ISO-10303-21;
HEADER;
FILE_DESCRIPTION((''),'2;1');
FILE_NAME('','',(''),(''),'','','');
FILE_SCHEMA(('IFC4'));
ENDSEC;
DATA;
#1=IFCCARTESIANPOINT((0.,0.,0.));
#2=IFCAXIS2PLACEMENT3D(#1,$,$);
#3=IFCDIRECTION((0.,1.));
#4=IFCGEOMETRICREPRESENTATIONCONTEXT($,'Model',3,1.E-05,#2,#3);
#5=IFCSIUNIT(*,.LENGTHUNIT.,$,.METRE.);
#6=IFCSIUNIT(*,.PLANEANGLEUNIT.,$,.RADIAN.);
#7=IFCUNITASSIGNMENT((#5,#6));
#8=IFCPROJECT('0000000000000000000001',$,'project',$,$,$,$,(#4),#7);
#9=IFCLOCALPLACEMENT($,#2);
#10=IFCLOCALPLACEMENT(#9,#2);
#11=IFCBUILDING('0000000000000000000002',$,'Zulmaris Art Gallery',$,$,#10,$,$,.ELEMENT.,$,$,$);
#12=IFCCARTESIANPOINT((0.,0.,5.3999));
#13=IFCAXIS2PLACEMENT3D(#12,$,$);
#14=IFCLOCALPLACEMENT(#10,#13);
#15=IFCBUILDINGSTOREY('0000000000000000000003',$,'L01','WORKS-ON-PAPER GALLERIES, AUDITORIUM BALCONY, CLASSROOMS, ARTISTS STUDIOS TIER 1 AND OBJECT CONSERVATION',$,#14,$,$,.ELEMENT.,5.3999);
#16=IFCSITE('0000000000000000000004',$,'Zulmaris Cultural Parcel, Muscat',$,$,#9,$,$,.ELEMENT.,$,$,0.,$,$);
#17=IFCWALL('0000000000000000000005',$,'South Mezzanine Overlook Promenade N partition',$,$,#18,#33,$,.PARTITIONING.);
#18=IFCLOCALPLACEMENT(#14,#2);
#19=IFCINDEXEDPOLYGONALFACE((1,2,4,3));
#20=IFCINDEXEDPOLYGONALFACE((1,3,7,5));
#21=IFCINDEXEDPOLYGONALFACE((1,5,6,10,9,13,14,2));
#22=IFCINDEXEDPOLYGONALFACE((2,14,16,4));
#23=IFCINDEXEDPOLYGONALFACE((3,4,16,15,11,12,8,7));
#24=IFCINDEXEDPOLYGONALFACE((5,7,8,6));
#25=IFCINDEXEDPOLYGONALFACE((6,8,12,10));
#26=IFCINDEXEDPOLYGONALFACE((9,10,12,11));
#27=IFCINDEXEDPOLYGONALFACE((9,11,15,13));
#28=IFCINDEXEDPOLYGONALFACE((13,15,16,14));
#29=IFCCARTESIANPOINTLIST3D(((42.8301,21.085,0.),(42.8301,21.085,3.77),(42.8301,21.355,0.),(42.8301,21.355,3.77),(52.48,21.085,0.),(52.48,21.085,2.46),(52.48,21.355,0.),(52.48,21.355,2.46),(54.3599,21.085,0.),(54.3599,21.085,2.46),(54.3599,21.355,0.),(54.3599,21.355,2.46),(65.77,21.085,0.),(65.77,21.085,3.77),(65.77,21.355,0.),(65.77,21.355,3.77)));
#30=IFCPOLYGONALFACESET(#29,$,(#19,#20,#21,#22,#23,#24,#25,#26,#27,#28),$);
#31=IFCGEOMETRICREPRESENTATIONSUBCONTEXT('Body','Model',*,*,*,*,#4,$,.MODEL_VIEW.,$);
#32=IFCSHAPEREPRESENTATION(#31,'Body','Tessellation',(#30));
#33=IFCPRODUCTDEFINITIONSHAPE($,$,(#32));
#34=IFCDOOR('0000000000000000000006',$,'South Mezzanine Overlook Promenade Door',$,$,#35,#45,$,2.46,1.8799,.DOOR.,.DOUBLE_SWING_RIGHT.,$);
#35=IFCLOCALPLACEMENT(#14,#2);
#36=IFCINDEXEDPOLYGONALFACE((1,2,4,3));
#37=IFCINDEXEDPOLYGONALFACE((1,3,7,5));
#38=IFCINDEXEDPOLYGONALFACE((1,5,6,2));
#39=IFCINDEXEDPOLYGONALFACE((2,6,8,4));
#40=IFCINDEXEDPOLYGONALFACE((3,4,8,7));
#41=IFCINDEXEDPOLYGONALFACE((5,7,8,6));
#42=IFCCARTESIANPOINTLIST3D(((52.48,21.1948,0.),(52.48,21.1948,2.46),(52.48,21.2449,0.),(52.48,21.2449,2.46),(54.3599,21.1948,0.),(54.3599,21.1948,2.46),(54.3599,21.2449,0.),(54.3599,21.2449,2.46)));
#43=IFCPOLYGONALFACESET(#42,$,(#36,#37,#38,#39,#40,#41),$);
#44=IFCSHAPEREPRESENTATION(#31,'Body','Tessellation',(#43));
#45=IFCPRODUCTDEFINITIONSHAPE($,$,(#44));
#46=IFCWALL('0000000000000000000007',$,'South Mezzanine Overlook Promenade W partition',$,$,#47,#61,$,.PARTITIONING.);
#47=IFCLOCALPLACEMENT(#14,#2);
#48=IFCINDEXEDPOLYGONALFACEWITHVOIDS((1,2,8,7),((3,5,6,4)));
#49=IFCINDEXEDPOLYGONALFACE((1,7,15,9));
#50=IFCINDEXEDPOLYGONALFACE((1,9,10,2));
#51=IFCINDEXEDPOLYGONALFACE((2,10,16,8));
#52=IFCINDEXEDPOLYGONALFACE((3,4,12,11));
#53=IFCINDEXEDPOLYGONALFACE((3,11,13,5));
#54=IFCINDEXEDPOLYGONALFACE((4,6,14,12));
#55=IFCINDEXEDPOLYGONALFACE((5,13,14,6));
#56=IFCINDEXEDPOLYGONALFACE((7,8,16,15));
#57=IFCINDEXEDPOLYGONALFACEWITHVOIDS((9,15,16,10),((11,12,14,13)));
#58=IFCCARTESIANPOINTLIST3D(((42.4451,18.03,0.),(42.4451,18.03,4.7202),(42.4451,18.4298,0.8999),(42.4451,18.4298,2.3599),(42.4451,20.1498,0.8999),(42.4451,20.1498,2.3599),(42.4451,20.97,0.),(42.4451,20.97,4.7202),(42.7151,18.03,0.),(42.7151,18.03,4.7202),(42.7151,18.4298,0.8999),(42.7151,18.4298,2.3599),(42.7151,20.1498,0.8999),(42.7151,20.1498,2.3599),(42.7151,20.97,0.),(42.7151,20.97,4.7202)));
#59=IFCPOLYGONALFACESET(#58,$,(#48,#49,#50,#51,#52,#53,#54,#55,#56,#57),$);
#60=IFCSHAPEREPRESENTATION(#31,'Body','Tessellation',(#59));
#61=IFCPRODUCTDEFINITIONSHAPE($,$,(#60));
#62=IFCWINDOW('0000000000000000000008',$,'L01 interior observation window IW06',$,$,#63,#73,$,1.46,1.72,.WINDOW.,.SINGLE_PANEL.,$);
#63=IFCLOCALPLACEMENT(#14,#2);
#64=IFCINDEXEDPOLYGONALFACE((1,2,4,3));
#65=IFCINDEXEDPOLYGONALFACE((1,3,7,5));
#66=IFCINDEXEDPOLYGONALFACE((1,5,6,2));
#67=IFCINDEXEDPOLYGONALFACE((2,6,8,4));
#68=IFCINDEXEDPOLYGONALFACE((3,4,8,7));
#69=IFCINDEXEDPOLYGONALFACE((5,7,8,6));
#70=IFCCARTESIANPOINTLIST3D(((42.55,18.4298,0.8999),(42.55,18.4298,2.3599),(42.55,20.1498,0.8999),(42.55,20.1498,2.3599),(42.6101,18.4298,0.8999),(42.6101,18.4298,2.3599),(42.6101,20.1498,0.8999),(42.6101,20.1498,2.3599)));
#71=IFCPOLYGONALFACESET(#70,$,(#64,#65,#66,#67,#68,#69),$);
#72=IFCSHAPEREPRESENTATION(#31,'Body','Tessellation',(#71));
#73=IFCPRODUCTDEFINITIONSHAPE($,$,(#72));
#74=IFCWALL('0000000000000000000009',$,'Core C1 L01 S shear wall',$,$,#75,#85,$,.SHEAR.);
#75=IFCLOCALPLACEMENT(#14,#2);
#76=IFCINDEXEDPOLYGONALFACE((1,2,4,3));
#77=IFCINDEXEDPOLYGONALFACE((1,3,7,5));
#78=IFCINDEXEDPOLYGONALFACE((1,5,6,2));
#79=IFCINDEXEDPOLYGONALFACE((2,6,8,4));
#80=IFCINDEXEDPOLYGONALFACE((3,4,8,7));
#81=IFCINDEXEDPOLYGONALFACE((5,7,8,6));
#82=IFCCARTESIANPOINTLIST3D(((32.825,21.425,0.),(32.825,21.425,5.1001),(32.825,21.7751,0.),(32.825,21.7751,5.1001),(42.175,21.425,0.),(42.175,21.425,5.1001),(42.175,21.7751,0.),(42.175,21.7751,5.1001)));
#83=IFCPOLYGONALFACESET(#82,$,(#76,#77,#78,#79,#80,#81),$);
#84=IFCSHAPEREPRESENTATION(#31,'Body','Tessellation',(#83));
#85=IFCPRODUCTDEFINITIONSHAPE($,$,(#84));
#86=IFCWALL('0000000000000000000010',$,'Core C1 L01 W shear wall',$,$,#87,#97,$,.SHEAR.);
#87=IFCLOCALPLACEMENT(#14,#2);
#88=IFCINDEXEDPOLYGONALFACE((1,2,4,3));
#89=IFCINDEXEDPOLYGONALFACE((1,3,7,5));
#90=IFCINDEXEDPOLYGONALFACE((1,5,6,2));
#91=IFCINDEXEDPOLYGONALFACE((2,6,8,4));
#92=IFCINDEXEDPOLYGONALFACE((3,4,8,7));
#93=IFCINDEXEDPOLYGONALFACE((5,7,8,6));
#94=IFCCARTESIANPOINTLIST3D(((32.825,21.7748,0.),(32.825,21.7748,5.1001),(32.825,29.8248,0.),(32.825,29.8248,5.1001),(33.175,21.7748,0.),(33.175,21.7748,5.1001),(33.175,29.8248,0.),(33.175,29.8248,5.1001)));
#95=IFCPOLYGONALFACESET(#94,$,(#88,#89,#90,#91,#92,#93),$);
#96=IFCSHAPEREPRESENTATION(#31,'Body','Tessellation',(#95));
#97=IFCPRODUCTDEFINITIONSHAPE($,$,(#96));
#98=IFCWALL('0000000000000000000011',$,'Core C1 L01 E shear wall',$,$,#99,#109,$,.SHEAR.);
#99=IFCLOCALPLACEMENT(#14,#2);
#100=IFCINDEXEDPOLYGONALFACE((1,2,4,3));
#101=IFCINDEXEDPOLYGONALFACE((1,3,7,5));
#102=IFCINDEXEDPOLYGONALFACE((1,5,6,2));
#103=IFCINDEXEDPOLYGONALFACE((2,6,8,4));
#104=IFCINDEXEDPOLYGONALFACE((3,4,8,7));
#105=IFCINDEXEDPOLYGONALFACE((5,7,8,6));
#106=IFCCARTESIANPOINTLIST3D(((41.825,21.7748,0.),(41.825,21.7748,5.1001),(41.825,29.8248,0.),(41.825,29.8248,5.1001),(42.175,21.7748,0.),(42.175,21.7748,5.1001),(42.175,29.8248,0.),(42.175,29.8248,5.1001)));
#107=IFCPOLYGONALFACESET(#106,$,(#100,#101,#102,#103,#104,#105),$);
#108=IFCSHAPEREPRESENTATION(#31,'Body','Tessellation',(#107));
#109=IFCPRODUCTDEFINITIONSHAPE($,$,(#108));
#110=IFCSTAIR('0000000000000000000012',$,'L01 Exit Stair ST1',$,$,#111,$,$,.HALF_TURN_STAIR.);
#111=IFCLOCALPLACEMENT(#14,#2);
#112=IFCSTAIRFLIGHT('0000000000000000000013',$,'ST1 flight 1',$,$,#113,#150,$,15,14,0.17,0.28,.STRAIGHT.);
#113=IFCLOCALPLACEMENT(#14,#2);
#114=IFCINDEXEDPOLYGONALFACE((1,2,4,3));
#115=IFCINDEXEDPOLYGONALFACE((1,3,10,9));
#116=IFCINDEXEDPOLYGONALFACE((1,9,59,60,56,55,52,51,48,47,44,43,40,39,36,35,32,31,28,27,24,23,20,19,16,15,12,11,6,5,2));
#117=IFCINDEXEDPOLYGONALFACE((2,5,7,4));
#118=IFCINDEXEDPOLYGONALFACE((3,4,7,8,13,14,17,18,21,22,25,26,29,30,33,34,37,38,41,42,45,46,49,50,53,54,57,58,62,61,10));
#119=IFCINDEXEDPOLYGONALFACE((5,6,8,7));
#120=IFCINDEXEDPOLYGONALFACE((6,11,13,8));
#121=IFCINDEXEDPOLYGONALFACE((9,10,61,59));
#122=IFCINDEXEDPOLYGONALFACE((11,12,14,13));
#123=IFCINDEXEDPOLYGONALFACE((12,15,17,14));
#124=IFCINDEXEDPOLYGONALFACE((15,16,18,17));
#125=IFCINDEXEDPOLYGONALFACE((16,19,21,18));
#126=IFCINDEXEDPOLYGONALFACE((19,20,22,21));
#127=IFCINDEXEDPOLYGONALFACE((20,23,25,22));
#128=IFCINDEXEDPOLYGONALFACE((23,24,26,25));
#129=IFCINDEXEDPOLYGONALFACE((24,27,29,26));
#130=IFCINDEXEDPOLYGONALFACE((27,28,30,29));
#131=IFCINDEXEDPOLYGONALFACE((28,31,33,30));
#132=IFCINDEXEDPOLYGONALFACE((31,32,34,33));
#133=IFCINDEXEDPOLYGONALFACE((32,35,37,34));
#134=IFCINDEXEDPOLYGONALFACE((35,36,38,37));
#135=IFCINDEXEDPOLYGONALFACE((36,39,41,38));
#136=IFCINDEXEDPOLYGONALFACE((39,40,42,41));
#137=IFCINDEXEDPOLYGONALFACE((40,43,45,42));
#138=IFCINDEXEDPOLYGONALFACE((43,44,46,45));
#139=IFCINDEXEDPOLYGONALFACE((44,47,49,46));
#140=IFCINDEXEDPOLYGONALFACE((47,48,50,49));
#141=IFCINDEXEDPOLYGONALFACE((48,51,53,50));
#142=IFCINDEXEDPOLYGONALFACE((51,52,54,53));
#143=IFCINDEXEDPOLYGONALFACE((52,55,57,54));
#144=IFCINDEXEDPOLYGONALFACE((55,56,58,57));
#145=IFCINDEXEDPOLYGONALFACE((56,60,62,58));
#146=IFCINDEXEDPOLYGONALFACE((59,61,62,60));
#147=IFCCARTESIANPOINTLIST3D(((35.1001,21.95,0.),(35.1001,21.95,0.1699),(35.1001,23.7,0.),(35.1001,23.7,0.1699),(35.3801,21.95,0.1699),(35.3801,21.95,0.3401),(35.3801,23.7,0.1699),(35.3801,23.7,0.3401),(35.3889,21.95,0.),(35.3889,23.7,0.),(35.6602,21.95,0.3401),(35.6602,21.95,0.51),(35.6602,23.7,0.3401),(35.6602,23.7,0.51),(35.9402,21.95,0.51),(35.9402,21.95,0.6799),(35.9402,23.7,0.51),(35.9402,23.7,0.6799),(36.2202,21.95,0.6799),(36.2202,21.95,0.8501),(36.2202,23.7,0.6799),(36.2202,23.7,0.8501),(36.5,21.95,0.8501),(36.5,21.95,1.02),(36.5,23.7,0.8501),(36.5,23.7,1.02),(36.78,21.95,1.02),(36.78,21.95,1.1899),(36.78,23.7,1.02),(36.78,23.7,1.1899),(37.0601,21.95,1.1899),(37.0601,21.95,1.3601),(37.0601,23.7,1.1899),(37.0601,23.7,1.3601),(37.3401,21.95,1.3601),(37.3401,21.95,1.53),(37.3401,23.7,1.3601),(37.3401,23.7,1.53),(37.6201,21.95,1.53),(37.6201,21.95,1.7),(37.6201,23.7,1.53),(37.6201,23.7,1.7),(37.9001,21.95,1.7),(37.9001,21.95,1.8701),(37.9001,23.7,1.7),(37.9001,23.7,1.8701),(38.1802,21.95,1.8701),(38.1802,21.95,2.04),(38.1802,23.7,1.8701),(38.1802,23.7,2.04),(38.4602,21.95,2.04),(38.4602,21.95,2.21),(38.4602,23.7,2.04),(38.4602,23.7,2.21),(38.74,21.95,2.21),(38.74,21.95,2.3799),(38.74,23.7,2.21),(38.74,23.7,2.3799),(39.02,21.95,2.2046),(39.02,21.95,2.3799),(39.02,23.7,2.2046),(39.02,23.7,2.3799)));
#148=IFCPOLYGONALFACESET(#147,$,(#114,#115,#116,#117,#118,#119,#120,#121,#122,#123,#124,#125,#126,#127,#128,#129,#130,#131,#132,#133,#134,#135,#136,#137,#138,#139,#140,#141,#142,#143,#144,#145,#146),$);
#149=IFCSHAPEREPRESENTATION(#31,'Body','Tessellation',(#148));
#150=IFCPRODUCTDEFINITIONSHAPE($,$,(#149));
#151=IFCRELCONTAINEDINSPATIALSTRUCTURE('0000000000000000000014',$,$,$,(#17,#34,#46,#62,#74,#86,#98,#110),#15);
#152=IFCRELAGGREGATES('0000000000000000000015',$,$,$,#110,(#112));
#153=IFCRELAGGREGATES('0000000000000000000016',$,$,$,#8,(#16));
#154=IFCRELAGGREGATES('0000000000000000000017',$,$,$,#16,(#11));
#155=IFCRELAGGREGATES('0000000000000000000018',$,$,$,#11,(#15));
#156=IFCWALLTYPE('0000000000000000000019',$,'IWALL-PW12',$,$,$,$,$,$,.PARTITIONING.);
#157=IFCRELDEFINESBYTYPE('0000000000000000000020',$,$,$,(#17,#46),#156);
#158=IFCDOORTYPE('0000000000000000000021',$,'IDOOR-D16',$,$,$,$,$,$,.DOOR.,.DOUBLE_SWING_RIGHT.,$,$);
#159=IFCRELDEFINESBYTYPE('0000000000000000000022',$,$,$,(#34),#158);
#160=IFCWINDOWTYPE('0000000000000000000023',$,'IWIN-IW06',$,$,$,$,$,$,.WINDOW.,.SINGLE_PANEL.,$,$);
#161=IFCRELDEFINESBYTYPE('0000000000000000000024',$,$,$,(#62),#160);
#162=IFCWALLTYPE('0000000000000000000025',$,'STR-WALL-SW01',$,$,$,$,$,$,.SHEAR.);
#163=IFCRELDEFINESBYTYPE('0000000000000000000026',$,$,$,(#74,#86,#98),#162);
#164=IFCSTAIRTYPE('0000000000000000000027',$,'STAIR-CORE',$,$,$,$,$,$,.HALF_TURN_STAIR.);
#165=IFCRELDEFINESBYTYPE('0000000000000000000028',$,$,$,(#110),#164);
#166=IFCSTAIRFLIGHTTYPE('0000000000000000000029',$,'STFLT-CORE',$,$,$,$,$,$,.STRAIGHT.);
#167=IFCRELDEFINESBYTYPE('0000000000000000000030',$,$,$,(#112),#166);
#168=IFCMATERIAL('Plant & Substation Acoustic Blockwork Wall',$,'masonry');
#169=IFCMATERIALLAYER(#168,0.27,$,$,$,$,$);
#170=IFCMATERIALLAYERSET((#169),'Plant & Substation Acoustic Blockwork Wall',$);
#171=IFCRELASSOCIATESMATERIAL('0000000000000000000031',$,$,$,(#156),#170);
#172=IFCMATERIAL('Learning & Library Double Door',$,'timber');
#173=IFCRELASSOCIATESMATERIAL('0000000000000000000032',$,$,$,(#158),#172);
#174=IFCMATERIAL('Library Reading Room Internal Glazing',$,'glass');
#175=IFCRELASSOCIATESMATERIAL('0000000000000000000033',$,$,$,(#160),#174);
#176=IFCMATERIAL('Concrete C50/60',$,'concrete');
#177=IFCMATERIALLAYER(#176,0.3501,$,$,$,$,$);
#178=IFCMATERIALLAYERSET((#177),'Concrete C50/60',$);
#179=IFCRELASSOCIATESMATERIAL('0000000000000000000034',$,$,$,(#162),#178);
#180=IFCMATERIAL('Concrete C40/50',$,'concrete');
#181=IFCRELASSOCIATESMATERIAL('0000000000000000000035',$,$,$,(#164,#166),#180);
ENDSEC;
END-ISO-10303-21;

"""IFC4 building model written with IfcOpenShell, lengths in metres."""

from ifc_helpers import new_model, si_unit, direction, frame, frame_2d, origin, place, context, subcontext, project, spatial, polyline, rectangle, outline, extrude, material, layer, layer_set, type_object, element, fill, aggregate, save


model = new_model("IFC4")

# Units and contexts
model_context = context("Model", 3, precision=1e-05, world=origin(), true_north=direction((0.0, 1.0)))
body_context = subcontext(model_context, "Body", "Model", "MODEL_VIEW")
ifc_project = project(units=[si_unit("LENGTHUNIT", "METRE"), si_unit("PLANEANGLEUNIT", "RADIAN")], contexts=[model_context])

# Site, building, storey
site_placement = place(None, origin())
site = spatial("IfcSite", under=ifc_project, at=site_placement, Name="Zulmaris Cultural Parcel, Muscat", CompositionType="ELEMENT", RefElevation=0.0)
building_placement = place(site_placement, origin())
building = spatial("IfcBuilding", under=site, at=building_placement, Name="Zulmaris Art Gallery", CompositionType="ELEMENT")
storey_placement = place(building_placement, frame((0.0, 0.0, 5.3999)))
storey = spatial("IfcBuildingStorey", under=building, at=storey_placement, Name="L01", Description="WORKS-ON-PAPER GALLERIES, AUDITORIUM BALCONY, CLASSROOMS, ARTISTS STUDIOS TIER 1 AND OBJECT CONSERVATION", CompositionType="ELEMENT", Elevation=5.3999)

# Shared definitions
ifc_material_1 = material(Name="Concrete C40/50", Category="concrete")
ifc_material_2 = material(Name="Concrete C50/60", Category="concrete")

# Wall, opening, door
ifc_material_3 = material(Name="Plant & Substation Acoustic Blockwork Wall", Category="masonry")
ifc_layer_1 = layer(ifc_material_3, 0.27)
ifc_layer_set_1 = layer_set([ifc_layer_1], Name="Plant & Substation Acoustic Blockwork Wall")
wall_type_1 = type_object("IfcWallType", Name="IWALL-PW12", PredefinedType="PARTITIONING", material=ifc_layer_set_1)
wall_1_placement = place(storey_placement, frame((42.8301, 21.22, 0.0), z_axis=(0.0, 0.0, 1.0), x_axis=(1.0, 0.0, 0.0)))
wall_1 = element("IfcWall", 1, at=wall_1_placement, inside=storey, type_object=wall_type_1, Name="South Mezzanine Overlook Promenade N partition", PredefinedType="PARTITIONING", context=body_context, shape_type="SweptSolid", body=[
    extrude(rectangle(XDim=22.9399, YDim=0.27, at=frame_2d((11.47, 0.0))), origin(), (0.0, 0.0, 1.0), 3.77),
])
opening_1_placement = place(wall_1_placement, frame((9.6499, 0.0, 0.0)))
opening_1 = element("IfcOpeningElement", 2, at=opening_1_placement, cuts=wall_1, PredefinedType="OPENING", context=body_context, shape_type="SweptSolid", body=[
    extrude(rectangle(XDim=1.8799, YDim=2.46, at=frame_2d((0.9399, 1.23))), frame((0.0, 0.145, 0.0), z_axis=(0.0, -1.0, 0.0), x_axis=(1.0, 0.0, 0.0)), (0.0, 0.0, 1.0), 0.29),
])
ifc_material_4 = material(Name="Learning & Library Double Door", Category="timber")
door_type = type_object("IfcDoorType", Name="IDOOR-D16", OperationType="DOUBLE_SWING_RIGHT", PredefinedType="DOOR", material=ifc_material_4)
door_placement = place(opening_1_placement, origin())
door = element("IfcDoor", 3, at=door_placement, inside=storey, type_object=door_type, Name="South Mezzanine Overlook Promenade Door", OperationType="DOUBLE_SWING_RIGHT", OverallHeight=2.46, OverallWidth=1.8799, PredefinedType="DOOR", context=body_context, shape_type="SweptSolid", body=[
    extrude(rectangle(XDim=1.8799, YDim=2.46, at=frame_2d((0.9399, 1.23))), frame((0.0, 0.0249, 0.0), z_axis=(0.0, -1.0, 0.0), x_axis=(1.0, 0.0, 0.0)), (0.0, 0.0, 1.0), 0.05),
])
fill(opening_1, door)

# Wall, opening, window
wall_2_placement = place(storey_placement, frame((42.5801, 18.03, 0.0), z_axis=(0.0, 0.0, 1.0), x_axis=(0.0, 1.0, 0.0)))
wall_2 = element("IfcWall", 4, at=wall_2_placement, inside=storey, type_object=wall_type_1, Name="South Mezzanine Overlook Promenade W partition", PredefinedType="PARTITIONING", context=body_context, shape_type="SweptSolid", body=[
    extrude(rectangle(XDim=2.9399, YDim=0.27, at=frame_2d((1.47, 0.0))), origin(), (0.0, 0.0, 1.0), 4.7202),
])
opening_2_placement = place(wall_2_placement, frame((0.3999, 0.0, 0.8999)))
opening_2 = element("IfcOpeningElement", 5, at=opening_2_placement, cuts=wall_2, PredefinedType="OPENING", context=body_context, shape_type="SweptSolid", body=[
    extrude(rectangle(XDim=1.72, YDim=1.46, at=frame_2d((0.8599, 0.73))), frame((0.0, 0.145, 0.0), z_axis=(0.0, -1.0, 0.0), x_axis=(1.0, 0.0, 0.0)), (0.0, 0.0, 1.0), 0.29),
])
ifc_material_5 = material(Name="Library Reading Room Internal Glazing", Category="glass")
window_type = type_object("IfcWindowType", Name="IWIN-IW06", PartitioningType="SINGLE_PANEL", PredefinedType="WINDOW", material=ifc_material_5)
window_placement = place(opening_2_placement, origin())
window = element("IfcWindow", 6, at=window_placement, inside=storey, type_object=window_type, Name="L01 interior observation window IW06", OverallHeight=1.46, OverallWidth=1.72, PartitioningType="SINGLE_PANEL", PredefinedType="WINDOW", context=body_context, shape_type="SweptSolid", body=[
    extrude(rectangle(XDim=1.72, YDim=1.46, at=frame_2d((0.8599, 0.73))), frame((0.0, 0.03, 0.0), z_axis=(0.0, -1.0, 0.0), x_axis=(1.0, 0.0, 0.0)), (0.0, 0.0, 1.0), 0.0601),
])
fill(opening_2, window)

# Walls
ifc_layer_2 = layer(ifc_material_2, 0.3501)
ifc_layer_set_2 = layer_set([ifc_layer_2], Name="Concrete C50/60")
wall_type_2 = type_object("IfcWallType", Name="STR-WALL-SW01", PredefinedType="SHEAR", material=ifc_layer_set_2)
wall_3_placement = place(storey_placement, frame((32.825, 21.6001, 0.0), z_axis=(0.0, 0.0, 1.0), x_axis=(1.0, 0.0, 0.0)))
element("IfcWall", 7, at=wall_3_placement, inside=storey, type_object=wall_type_2, Name="Core C1 L01 S shear wall", PredefinedType="SHEAR", context=body_context, shape_type="SweptSolid", body=[
    extrude(rectangle(XDim=9.3501, YDim=0.3501, at=frame_2d((4.675, 0.0))), origin(), (0.0, 0.0, 1.0), 5.1001),
])
for number, where, z_axis, x_axis, name in (
    (8, (33.0, 21.7749, 0.0), (0.0, 0.0, 1.0), (0.0, 1.0, 0.0), "Core C1 L01 W shear wall"),
    (9, (42.0, 21.7749, 0.0), (0.0, 0.0, 1.0), (0.0, 1.0, 0.0), "Core C1 L01 E shear wall"),
):
    element("IfcWall", number, at=place(storey_placement, frame(where, z_axis=z_axis, x_axis=x_axis)), inside=storey, type_object=wall_type_2, Name=name, PredefinedType="SHEAR", context=body_context, shape_type="SweptSolid", body=[
        extrude(rectangle(XDim=8.05, YDim=0.3501, at=frame_2d((4.0249, 0.0))), origin(), (0.0, 0.0, 1.0), 5.1001),
    ])

# Stair, stair flight
stair_type = type_object("IfcStairType", Name="STAIR-CORE", PredefinedType="HALF_TURN_STAIR", material=ifc_material_1)
stair_placement = place(storey_placement, origin())
stair = element("IfcStair", 10, at=stair_placement, inside=storey, type_object=stair_type, Name="L01 Exit Stair ST1", PredefinedType="HALF_TURN_STAIR")
stair_flight_type = type_object("IfcStairFlightType", Name="STFLT-CORE", PredefinedType="STRAIGHT", material=ifc_material_1)
stair_flight_placement = place(storey_placement, frame((35.1001, 22.825, 0.0), z_axis=(0.0, 0.0, 1.0), x_axis=(1.0, 0.0, 0.0)))
stair_flight = element("IfcStairFlight", 11, at=stair_flight_placement, type_object=stair_flight_type, Name="ST1 flight 1", NumberOfRisers=15, NumberOfTreads=14, PredefinedType="STRAIGHT", RiserHeight=0.17, TreadLength=0.28, context=body_context, shape_type="SweptSolid", body=[
    extrude(outline(polyline([(0.0, 0.0), (0.0, 0.1699), (0.28, 0.1699), (0.28, 0.3401), (0.5601, 0.3401), (0.5601, 0.51), (0.8401, 0.51), (0.8401, 0.6799), (1.1201, 0.6799), (1.1201, 0.8501), (1.3999, 0.8501), (1.3999, 1.02), (1.6799, 1.02), (1.6799, 1.1899), (1.96, 1.1899), (1.96, 1.3601), (2.24, 1.3601), (2.24, 1.53), (2.52, 1.53), (2.52, 1.7), (2.8, 1.7), (2.8, 1.8701), (3.0801, 1.8701), (3.0801, 2.04), (3.3601, 2.04), (3.3601, 2.21), (3.6399, 2.21), (3.6399, 2.3799), (3.9199, 2.3799), (3.9199, 2.55), (3.9199, 2.2046), (0.2888, 0.0), (0.0, 0.0)])), frame((0.0, 0.875, 0.0), z_axis=(0.0, -1.0, 0.0), x_axis=(1.0, 0.0, 0.0)), (0.0, 0.0, 1.0), 1.75),
])
aggregate(stair, [stair_flight])

save(model, "model.ifc")
